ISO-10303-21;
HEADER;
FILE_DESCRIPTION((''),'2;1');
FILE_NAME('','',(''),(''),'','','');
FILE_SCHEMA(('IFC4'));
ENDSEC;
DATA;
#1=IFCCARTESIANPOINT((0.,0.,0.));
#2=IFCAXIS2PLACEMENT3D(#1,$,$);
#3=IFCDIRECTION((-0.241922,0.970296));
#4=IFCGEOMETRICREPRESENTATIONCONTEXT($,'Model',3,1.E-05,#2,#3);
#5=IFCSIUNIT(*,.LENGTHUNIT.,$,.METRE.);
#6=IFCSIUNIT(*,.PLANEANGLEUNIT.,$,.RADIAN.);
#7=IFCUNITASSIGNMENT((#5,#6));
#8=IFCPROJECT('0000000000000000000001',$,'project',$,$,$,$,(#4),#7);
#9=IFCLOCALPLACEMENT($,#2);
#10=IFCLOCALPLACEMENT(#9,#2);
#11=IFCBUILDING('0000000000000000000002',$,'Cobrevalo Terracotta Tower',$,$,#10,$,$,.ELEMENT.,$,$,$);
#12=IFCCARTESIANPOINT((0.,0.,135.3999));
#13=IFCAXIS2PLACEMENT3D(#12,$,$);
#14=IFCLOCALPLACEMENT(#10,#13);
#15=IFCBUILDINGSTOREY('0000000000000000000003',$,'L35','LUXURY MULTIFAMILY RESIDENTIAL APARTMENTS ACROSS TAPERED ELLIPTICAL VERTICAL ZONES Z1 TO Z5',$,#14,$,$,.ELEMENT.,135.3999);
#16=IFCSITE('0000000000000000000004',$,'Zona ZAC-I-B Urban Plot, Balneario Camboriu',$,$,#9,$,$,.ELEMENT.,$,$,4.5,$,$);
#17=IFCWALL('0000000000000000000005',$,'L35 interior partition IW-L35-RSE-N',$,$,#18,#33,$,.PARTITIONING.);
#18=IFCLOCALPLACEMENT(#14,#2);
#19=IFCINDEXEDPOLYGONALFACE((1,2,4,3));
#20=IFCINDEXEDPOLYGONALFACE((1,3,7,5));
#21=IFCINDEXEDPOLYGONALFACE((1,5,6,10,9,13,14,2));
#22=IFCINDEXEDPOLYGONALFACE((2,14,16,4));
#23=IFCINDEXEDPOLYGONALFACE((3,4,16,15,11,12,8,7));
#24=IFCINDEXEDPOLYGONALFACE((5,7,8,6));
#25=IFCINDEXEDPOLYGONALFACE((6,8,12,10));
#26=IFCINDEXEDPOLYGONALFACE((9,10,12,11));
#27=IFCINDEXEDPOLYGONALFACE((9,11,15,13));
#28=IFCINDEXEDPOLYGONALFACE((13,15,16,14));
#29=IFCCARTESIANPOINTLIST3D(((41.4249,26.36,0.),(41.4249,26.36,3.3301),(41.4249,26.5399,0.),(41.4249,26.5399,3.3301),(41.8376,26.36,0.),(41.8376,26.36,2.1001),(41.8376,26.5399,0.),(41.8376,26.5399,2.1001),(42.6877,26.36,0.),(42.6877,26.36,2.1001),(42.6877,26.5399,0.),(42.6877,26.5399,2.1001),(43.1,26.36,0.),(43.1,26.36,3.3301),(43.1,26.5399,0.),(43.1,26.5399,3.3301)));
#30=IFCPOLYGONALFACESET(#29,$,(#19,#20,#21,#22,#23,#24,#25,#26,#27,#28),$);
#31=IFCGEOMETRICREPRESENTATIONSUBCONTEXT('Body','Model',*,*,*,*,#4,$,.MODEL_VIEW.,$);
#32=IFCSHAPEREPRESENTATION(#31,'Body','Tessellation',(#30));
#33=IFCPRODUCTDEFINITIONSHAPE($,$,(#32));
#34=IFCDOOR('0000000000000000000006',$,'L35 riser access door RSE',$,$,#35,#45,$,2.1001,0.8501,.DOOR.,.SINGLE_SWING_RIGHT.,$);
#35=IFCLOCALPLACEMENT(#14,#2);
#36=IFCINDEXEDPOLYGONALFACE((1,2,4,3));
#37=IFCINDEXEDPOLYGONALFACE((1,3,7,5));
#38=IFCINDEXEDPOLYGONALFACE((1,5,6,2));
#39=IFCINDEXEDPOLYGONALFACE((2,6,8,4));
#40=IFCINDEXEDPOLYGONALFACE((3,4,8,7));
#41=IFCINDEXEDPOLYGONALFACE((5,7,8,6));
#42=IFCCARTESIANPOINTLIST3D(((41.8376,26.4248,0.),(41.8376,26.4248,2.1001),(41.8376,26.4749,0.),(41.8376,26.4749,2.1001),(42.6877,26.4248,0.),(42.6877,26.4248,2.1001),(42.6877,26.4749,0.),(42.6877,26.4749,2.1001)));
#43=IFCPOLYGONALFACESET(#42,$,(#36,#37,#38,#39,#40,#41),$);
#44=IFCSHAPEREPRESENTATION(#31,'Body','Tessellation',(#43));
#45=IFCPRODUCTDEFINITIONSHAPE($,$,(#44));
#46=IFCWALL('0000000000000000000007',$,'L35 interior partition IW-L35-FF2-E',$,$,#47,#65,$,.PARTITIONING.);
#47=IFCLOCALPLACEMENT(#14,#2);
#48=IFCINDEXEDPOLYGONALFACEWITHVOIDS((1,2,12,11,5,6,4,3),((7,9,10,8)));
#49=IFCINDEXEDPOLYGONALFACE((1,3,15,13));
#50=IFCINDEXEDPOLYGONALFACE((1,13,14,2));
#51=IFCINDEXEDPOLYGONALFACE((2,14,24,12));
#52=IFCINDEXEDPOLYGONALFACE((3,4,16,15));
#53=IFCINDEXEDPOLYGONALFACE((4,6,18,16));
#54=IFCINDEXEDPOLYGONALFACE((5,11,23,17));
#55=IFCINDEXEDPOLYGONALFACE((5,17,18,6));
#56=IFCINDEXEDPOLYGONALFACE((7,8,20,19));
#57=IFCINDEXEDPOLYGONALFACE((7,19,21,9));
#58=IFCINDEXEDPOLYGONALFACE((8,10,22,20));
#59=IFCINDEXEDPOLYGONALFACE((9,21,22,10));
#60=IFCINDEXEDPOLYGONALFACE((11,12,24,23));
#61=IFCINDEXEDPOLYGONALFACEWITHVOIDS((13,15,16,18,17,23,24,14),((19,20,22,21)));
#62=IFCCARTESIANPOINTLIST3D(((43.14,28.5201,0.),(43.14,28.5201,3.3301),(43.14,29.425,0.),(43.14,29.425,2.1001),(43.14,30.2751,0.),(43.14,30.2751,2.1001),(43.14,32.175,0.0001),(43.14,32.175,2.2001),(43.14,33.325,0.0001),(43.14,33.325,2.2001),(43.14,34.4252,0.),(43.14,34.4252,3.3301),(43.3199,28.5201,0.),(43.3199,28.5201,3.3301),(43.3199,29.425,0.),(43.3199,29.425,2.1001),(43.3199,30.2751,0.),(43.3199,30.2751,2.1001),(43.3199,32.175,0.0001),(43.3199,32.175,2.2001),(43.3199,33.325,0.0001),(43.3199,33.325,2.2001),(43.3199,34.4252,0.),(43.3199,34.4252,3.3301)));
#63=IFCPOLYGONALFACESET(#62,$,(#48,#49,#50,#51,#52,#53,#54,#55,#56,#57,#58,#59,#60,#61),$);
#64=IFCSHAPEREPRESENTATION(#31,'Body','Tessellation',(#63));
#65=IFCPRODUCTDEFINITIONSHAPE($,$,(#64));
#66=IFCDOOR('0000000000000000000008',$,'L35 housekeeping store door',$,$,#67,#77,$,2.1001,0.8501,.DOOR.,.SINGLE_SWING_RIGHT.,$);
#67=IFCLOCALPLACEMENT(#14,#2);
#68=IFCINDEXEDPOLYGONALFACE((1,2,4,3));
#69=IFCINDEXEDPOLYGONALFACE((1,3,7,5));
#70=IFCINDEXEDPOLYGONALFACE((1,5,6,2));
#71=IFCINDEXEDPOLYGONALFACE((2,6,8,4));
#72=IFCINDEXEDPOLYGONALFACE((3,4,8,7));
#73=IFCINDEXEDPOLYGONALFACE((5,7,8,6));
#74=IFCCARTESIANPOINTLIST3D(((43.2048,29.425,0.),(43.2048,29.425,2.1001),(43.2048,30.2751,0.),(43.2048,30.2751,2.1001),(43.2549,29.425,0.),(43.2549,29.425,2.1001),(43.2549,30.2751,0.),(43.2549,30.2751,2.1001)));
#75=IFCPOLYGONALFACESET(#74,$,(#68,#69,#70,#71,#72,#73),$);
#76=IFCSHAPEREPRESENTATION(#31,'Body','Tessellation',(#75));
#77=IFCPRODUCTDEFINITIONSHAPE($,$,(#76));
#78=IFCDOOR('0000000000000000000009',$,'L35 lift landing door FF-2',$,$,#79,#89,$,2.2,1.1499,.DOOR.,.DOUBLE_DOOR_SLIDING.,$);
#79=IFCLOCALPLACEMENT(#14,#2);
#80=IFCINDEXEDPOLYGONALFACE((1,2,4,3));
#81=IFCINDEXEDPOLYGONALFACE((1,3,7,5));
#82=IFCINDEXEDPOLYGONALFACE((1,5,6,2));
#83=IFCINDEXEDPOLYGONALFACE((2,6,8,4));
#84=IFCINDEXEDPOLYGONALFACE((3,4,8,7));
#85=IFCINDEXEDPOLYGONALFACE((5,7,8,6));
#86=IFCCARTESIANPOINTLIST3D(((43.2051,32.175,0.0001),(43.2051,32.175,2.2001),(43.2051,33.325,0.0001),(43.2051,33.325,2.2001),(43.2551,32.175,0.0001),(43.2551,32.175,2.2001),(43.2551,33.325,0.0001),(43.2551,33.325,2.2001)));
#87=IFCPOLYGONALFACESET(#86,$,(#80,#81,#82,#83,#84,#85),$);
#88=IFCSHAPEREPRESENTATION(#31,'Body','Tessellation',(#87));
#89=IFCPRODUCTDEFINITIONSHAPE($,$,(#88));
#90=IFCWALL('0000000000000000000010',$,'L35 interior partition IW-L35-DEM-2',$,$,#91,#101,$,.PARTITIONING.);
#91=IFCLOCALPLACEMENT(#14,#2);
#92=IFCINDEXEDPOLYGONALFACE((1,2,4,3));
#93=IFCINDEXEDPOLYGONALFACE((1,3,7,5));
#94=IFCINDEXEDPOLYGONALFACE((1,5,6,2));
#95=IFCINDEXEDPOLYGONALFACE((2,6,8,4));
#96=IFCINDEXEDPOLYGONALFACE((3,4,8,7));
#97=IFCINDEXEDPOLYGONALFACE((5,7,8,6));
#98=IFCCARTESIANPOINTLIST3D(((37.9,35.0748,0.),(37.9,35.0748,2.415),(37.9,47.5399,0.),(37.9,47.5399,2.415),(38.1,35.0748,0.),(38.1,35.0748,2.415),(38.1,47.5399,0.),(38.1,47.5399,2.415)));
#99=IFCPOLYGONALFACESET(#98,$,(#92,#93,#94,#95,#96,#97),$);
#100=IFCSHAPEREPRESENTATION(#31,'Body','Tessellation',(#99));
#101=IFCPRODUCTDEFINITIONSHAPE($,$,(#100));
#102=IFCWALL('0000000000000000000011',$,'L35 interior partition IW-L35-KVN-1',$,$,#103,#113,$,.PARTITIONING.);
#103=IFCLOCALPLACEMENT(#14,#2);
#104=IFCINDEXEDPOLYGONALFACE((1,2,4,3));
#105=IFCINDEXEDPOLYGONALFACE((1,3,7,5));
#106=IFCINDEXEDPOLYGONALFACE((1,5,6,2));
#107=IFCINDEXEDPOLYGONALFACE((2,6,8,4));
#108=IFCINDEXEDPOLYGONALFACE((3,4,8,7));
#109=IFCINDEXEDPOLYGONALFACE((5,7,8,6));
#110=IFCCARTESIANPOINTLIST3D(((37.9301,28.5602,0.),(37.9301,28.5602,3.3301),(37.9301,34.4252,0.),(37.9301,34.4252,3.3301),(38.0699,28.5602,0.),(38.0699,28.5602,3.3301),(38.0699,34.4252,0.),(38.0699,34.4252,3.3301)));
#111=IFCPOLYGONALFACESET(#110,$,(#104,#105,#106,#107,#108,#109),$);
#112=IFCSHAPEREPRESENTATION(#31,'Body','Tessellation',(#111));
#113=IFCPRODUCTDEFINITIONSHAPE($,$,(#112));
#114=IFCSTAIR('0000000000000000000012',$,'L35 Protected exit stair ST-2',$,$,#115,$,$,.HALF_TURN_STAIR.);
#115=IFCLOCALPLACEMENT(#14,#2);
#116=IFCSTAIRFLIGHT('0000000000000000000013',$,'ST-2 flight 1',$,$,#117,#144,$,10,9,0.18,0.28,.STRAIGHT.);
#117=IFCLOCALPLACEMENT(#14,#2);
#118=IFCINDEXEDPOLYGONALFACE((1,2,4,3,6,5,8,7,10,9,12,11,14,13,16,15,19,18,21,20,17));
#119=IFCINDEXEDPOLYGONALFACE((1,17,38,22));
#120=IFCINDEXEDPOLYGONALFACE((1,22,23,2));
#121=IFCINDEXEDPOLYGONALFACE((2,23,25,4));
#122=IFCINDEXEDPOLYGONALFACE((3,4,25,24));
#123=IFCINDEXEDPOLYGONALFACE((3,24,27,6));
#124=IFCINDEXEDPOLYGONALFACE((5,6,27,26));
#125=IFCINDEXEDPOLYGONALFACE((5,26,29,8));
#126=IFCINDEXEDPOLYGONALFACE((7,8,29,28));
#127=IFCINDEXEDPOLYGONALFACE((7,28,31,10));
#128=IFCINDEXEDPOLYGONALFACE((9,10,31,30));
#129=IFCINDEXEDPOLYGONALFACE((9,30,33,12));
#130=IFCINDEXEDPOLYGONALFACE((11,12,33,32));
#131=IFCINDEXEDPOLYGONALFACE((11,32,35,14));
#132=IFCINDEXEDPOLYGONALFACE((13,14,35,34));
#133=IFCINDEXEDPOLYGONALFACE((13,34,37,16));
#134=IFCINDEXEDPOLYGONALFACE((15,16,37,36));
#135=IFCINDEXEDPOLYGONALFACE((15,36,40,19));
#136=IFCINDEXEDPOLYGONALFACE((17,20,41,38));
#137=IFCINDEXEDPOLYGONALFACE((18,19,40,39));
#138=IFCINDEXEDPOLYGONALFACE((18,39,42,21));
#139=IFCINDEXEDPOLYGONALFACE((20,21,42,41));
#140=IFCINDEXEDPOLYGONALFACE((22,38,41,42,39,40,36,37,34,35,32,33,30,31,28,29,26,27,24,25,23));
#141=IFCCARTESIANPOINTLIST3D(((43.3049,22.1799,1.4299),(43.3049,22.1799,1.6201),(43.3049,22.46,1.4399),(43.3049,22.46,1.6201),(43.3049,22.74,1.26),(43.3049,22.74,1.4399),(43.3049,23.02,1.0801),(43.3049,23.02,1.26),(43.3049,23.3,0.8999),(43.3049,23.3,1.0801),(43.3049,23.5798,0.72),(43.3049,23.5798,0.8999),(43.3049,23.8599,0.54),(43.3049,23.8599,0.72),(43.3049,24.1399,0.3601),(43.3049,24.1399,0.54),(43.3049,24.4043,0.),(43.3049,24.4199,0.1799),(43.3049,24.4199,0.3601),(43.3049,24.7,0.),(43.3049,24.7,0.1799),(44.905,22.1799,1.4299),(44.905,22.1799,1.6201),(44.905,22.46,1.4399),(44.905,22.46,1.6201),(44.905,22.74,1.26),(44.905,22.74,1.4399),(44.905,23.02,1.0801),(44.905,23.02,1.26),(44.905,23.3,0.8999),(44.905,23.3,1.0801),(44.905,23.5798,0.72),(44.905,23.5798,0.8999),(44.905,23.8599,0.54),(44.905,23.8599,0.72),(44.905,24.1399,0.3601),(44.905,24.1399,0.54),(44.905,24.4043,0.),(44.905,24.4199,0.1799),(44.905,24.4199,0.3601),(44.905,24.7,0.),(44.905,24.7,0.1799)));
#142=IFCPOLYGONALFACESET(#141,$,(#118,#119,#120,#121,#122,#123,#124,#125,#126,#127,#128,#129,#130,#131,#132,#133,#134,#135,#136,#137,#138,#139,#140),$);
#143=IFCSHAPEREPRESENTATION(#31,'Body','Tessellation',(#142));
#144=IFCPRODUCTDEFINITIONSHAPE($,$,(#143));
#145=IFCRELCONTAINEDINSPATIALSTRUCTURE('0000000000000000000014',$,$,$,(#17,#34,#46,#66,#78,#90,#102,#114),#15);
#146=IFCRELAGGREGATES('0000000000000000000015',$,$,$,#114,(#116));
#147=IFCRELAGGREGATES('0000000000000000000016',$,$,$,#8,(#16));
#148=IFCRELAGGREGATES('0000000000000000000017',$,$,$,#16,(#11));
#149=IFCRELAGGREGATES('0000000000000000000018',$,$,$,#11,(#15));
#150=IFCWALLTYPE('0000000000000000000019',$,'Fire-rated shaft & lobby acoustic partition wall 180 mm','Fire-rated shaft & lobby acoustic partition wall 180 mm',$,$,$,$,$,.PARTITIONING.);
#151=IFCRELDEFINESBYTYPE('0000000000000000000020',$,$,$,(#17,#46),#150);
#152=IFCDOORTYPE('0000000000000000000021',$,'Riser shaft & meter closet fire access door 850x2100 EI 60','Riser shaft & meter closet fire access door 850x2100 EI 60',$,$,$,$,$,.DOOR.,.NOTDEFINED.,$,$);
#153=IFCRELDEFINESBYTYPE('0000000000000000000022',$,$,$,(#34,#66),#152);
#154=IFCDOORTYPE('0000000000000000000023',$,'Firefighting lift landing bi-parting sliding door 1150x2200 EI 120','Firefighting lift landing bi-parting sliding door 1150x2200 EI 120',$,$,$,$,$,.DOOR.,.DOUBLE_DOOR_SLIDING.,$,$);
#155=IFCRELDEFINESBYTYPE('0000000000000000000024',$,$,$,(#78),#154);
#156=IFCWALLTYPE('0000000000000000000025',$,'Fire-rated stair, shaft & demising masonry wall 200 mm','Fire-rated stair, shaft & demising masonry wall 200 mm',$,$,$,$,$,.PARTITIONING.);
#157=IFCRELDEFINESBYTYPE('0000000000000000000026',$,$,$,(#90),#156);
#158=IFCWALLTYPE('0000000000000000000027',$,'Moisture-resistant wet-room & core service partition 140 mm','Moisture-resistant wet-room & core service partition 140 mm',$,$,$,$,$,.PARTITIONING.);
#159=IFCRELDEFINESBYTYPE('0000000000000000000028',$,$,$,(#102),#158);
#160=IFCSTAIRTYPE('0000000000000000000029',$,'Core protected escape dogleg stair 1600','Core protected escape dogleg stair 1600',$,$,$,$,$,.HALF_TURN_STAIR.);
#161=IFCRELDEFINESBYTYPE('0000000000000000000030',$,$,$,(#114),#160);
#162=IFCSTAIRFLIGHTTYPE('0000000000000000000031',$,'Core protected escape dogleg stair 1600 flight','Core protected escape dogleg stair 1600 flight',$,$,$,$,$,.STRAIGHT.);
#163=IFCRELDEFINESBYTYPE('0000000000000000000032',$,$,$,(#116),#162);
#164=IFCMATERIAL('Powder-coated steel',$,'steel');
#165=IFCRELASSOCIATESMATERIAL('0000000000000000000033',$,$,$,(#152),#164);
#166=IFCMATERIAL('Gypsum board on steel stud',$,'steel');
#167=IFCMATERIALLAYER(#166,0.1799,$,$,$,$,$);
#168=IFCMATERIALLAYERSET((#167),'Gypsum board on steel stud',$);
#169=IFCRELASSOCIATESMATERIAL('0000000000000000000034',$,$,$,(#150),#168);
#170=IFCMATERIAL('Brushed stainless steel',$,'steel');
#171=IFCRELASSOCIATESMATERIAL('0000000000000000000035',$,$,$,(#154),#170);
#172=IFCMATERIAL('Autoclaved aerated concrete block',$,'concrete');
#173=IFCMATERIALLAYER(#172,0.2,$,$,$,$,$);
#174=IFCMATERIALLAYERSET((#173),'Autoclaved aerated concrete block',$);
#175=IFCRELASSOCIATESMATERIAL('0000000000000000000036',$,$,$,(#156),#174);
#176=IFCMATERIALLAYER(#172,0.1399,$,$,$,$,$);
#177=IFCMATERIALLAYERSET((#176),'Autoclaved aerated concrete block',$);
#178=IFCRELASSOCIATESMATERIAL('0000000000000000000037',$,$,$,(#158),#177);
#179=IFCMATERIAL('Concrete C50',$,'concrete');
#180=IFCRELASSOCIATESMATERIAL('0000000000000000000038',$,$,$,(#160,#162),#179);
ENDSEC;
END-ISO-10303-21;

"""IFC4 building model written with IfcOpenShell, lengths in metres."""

from ifc_helpers import new_model, si_unit, direction, frame, frame_2d, origin, place, context, subcontext, project, spatial, polyline, rectangle, outline, extrude, source, transform, mapped, material, layer, layer_set, type_object, element, fill, aggregate, save


model = new_model("IFC4")

# Units and contexts
model_context = context("Model", 3, precision=1e-05, world=origin(), true_north=direction((-0.241922, 0.970296)))
body_context = subcontext(model_context, "Body", "Model", "MODEL_VIEW")
ifc_project = project(units=[si_unit("LENGTHUNIT", "METRE"), si_unit("PLANEANGLEUNIT", "RADIAN")], contexts=[model_context])

# Site, building, storey
site_placement = place(None, origin())
site = spatial("IfcSite", under=ifc_project, at=site_placement, Name="Zona ZAC-I-B Urban Plot, Balneario Camboriu", CompositionType="ELEMENT", RefElevation=4.5)
building_placement = place(site_placement, origin())
building = spatial("IfcBuilding", under=site, at=building_placement, Name="Cobrevalo Terracotta Tower", CompositionType="ELEMENT")
storey_placement = place(building_placement, frame((0.0, 0.0, 135.3999)))
storey = spatial("IfcBuildingStorey", under=building, at=storey_placement, Name="L35", Description="LUXURY MULTIFAMILY RESIDENTIAL APARTMENTS ACROSS TAPERED ELLIPTICAL VERTICAL ZONES Z1 TO Z5", CompositionType="ELEMENT", Elevation=135.3999)

# Shared definitions
ifc_material_1 = material(Name="Gypsum board on steel stud", Category="steel")

# Shared definitions
ifc_material_2 = material(Name="Powder-coated steel", Category="steel")
door_type_1 = type_object("IfcDoorType", Name="Riser shaft & meter closet fire access door 850x2100 EI 60", Description="Riser shaft & meter closet fire access door 850x2100 EI 60", OperationType="NOTDEFINED", PredefinedType="DOOR", material=ifc_material_2)
shared_shape_1 = source(origin(), body_context, "Body", "SweptSolid", [
    extrude(rectangle(XDim=0.8501, YDim=2.1001, at=frame_2d((0.425, 1.05))), frame((0.0, 0.0249, 0.0), z_axis=(0.0, -1.0, 0.0), x_axis=(1.0, 0.0, 0.0)), (0.0, 0.0, 1.0), 0.05),
])
ifc_material_3 = material(Name="Brushed stainless steel", Category="steel")

# Wall, opening, door
ifc_layer_1 = layer(ifc_material_1, 0.1799)
ifc_layer_set_1 = layer_set([ifc_layer_1], Name="Gypsum board on steel stud")
wall_type_1 = type_object("IfcWallType", Name="Fire-rated shaft & lobby acoustic partition wall 180 mm", Description="Fire-rated shaft & lobby acoustic partition wall 180 mm", PredefinedType="PARTITIONING", material=ifc_layer_set_1)
wall_1_placement = place(storey_placement, frame((41.425, 26.45, 0.0), z_axis=(0.0, 0.0, 1.0), x_axis=(1.0, 0.0, 0.0)))
wall_1 = element("IfcWall", 1, at=wall_1_placement, inside=storey, type_object=wall_type_1, Name="L35 interior partition IW-L35-RSE-N", PredefinedType="PARTITIONING", context=body_context, shape_type="SweptSolid", body=[
    extrude(rectangle(XDim=1.675, YDim=0.1799, at=frame_2d((0.8374, 0.0))), origin(), (0.0, 0.0, 1.0), 3.3301),
])
opening_1_placement = place(wall_1_placement, frame((0.4126, 0.0, 0.0)))
opening_1 = element("IfcOpeningElement", 2, at=opening_1_placement, cuts=wall_1, PredefinedType="OPENING", context=body_context, shape_type="SweptSolid", body=[
    extrude(rectangle(XDim=0.8501, YDim=2.1001, at=frame_2d((0.425, 1.05))), frame((0.0, 0.1001, 0.0), z_axis=(0.0, -1.0, 0.0), x_axis=(1.0, 0.0, 0.0)), (0.0, 0.0, 1.0), 0.2),
])
door_1_placement = place(opening_1_placement, origin())
door_1 = element("IfcDoor", 3, at=door_1_placement, inside=storey, type_object=door_type_1, Name="L35 riser access door RSE", OperationType="SINGLE_SWING_RIGHT", OverallHeight=2.1001, OverallWidth=0.8501, PredefinedType="DOOR", context=body_context, shape_type="MappedRepresentation", body=[
    mapped(shared_shape_1, transform((0.0, 0.0, 0.0), scale=1.0)),
])
fill(opening_1, door_1)

# Wall, openings, doors
wall_2_placement = place(storey_placement, frame((43.23, 28.52, 0.0), z_axis=(0.0, 0.0, 1.0), x_axis=(0.0, 1.0, 0.0)))
wall_2 = element("IfcWall", 4, at=wall_2_placement, inside=storey, type_object=wall_type_1, Name="L35 interior partition IW-L35-FF2-E", PredefinedType="PARTITIONING", context=body_context, shape_type="SweptSolid", body=[
    extrude(rectangle(XDim=5.905, YDim=0.1799, at=frame_2d((2.9526, 0.0))), origin(), (0.0, 0.0, 1.0), 3.3301),
])
opening_2_placement = place(wall_2_placement, frame((0.905, 0.0, 0.0)))
opening_2 = element("IfcOpeningElement", 5, at=opening_2_placement, cuts=wall_2, PredefinedType="OPENING", context=body_context, shape_type="SweptSolid", body=[
    extrude(rectangle(XDim=0.8501, YDim=2.1001, at=frame_2d((0.425, 1.05))), frame((0.0, 0.1001, 0.0), z_axis=(0.0, -1.0, 0.0), x_axis=(1.0, 0.0, 0.0)), (0.0, 0.0, 1.0), 0.2),
])
opening_3_placement = place(wall_2_placement, frame((3.655, 0.0, 0.0)))
opening_3 = element("IfcOpeningElement", 6, at=opening_3_placement, cuts=wall_2, PredefinedType="OPENING", context=body_context, shape_type="SweptSolid", body=[
    extrude(rectangle(XDim=1.1499, YDim=2.2, at=frame_2d((0.575, 1.1001))), frame((0.0, 0.1001, 0.0), z_axis=(0.0, -1.0, 0.0), x_axis=(1.0, 0.0, 0.0)), (0.0, 0.0, 1.0), 0.2),
])
door_2_placement = place(opening_2_placement, frame((0.8501, 0.0, 0.0), z_axis=(0.0, 0.0, 1.0), x_axis=(-1.0, 0.0, 0.0)))
door_2 = element("IfcDoor", 7, at=door_2_placement, inside=storey, type_object=door_type_1, Name="L35 housekeeping store door", OperationType="SINGLE_SWING_RIGHT", OverallHeight=2.1001, OverallWidth=0.8501, PredefinedType="DOOR", context=body_context, shape_type="MappedRepresentation", body=[
    mapped(shared_shape_1, transform((0.0, 0.0, 0.0), scale=1.0)),
])
fill(opening_2, door_2)
door_type_2 = type_object("IfcDoorType", Name="Firefighting lift landing bi-parting sliding door 1150x2200 EI 120", Description="Firefighting lift landing bi-parting sliding door 1150x2200 EI 120", OperationType="DOUBLE_DOOR_SLIDING", PredefinedType="DOOR", material=ifc_material_3)
shared_shape_2 = source(origin(), body_context, "Body", "SweptSolid", [
    extrude(rectangle(XDim=1.1499, YDim=2.2, at=frame_2d((0.575, 1.1001))), frame((0.0, 0.0249, 0.0), z_axis=(0.0, -1.0, 0.0), x_axis=(1.0, 0.0, 0.0)), (0.0, 0.0, 1.0), 0.05),
])
door_3_placement = place(opening_3_placement, origin())
door_3 = element("IfcDoor", 8, at=door_3_placement, inside=storey, type_object=door_type_2, Name="L35 lift landing door FF-2", OperationType="DOUBLE_DOOR_SLIDING", OverallHeight=2.2, OverallWidth=1.1499, PredefinedType="DOOR", context=body_context, shape_type="MappedRepresentation", body=[
    mapped(shared_shape_2, transform((0.0, 0.0, 0.0), scale=1.0)),
])
fill(opening_3, door_3)

# Walls
ifc_material_4 = material(Name="Autoclaved aerated concrete block", Category="concrete")
ifc_layer_2 = layer(ifc_material_4, 0.2)
ifc_layer_set_2 = layer_set([ifc_layer_2], Name="Autoclaved aerated concrete block")
wall_type_2 = type_object("IfcWallType", Name="Fire-rated stair, shaft & demising masonry wall 200 mm", Description="Fire-rated stair, shaft & demising masonry wall 200 mm", PredefinedType="PARTITIONING", material=ifc_layer_set_2)
wall_3_placement = place(storey_placement, frame((38.0, 35.075, 0.0), z_axis=(0.0, 0.0, 1.0), x_axis=(0.0, 1.0, 0.0)))
element("IfcWall", 9, at=wall_3_placement, inside=storey, type_object=wall_type_2, Name="L35 interior partition IW-L35-DEM-2", PredefinedType="PARTITIONING", context=body_context, shape_type="SweptSolid", body=[
    extrude(rectangle(XDim=12.4651, YDim=0.2, at=frame_2d((6.2324, 0.0))), origin(), (0.0, 0.0, 1.0), 2.415),
])
ifc_layer_3 = layer(ifc_material_4, 0.1399)
ifc_layer_set_3 = layer_set([ifc_layer_3], Name="Autoclaved aerated concrete block")
wall_type_3 = type_object("IfcWallType", Name="Moisture-resistant wet-room & core service partition 140 mm", Description="Moisture-resistant wet-room & core service partition 140 mm", PredefinedType="PARTITIONING", material=ifc_layer_set_3)
wall_4_placement = place(storey_placement, frame((38.0, 28.5601, 0.0), z_axis=(0.0, 0.0, 1.0), x_axis=(0.0, 1.0, 0.0)))
element("IfcWall", 10, at=wall_4_placement, inside=storey, type_object=wall_type_3, Name="L35 interior partition IW-L35-KVN-1", PredefinedType="PARTITIONING", context=body_context, shape_type="SweptSolid", body=[
    extrude(rectangle(XDim=5.865, YDim=0.1399, at=frame_2d((2.9326, 0.0))), origin(), (0.0, 0.0, 1.0), 3.3301),
])

# Shared definitions
ifc_material_5 = material(Name="Concrete C50", Category="concrete")

# Stair, stair flight
stair_type = type_object("IfcStairType", Name="Core protected escape dogleg stair 1600", Description="Core protected escape dogleg stair 1600", PredefinedType="HALF_TURN_STAIR", material=ifc_material_5)
stair_placement = place(storey_placement, origin())
stair = element("IfcStair", 11, at=stair_placement, inside=storey, type_object=stair_type, Name="L35 Protected exit stair ST-2", PredefinedType="HALF_TURN_STAIR")
stair_flight_type = type_object("IfcStairFlightType", Name="Core protected escape dogleg stair 1600 flight", Description="Core protected escape dogleg stair 1600 flight", PredefinedType="STRAIGHT", material=ifc_material_5)
stair_flight_placement = place(storey_placement, frame((44.105, 24.7, 0.0), z_axis=(0.0, 0.0, 1.0), x_axis=(0.0, -1.0, 0.0)))
stair_flight = element("IfcStairFlight", 12, at=stair_flight_placement, type_object=stair_flight_type, Name="ST-2 flight 1", NumberOfRisers=10, NumberOfTreads=9, PredefinedType="STRAIGHT", RiserHeight=0.18, TreadLength=0.28, context=body_context, shape_type="SweptSolid", body=[
    extrude(outline(polyline([(0.0, 0.0), (0.0, 0.1799), (0.28, 0.1799), (0.28, 0.3601), (0.5601, 0.3601), (0.5601, 0.54), (0.8401, 0.54), (0.8401, 0.72), (1.1201, 0.72), (1.1201, 0.8999), (1.3999, 0.8999), (1.3999, 1.0801), (1.6799, 1.0801), (1.6799, 1.26), (1.96, 1.26), (1.96, 1.4399), (2.24, 1.4399), (2.24, 1.6201), (2.52, 1.6201), (2.52, 1.8), (2.52, 1.4299), (0.2957, 0.0), (0.0, 0.0)])), frame((0.0, 0.8, 0.0), z_axis=(0.0, -1.0, 0.0), x_axis=(1.0, 0.0, 0.0)), (0.0, 0.0, 1.0), 1.6001),
])
aggregate(stair, [stair_flight])

save(model, "model.ifc")
